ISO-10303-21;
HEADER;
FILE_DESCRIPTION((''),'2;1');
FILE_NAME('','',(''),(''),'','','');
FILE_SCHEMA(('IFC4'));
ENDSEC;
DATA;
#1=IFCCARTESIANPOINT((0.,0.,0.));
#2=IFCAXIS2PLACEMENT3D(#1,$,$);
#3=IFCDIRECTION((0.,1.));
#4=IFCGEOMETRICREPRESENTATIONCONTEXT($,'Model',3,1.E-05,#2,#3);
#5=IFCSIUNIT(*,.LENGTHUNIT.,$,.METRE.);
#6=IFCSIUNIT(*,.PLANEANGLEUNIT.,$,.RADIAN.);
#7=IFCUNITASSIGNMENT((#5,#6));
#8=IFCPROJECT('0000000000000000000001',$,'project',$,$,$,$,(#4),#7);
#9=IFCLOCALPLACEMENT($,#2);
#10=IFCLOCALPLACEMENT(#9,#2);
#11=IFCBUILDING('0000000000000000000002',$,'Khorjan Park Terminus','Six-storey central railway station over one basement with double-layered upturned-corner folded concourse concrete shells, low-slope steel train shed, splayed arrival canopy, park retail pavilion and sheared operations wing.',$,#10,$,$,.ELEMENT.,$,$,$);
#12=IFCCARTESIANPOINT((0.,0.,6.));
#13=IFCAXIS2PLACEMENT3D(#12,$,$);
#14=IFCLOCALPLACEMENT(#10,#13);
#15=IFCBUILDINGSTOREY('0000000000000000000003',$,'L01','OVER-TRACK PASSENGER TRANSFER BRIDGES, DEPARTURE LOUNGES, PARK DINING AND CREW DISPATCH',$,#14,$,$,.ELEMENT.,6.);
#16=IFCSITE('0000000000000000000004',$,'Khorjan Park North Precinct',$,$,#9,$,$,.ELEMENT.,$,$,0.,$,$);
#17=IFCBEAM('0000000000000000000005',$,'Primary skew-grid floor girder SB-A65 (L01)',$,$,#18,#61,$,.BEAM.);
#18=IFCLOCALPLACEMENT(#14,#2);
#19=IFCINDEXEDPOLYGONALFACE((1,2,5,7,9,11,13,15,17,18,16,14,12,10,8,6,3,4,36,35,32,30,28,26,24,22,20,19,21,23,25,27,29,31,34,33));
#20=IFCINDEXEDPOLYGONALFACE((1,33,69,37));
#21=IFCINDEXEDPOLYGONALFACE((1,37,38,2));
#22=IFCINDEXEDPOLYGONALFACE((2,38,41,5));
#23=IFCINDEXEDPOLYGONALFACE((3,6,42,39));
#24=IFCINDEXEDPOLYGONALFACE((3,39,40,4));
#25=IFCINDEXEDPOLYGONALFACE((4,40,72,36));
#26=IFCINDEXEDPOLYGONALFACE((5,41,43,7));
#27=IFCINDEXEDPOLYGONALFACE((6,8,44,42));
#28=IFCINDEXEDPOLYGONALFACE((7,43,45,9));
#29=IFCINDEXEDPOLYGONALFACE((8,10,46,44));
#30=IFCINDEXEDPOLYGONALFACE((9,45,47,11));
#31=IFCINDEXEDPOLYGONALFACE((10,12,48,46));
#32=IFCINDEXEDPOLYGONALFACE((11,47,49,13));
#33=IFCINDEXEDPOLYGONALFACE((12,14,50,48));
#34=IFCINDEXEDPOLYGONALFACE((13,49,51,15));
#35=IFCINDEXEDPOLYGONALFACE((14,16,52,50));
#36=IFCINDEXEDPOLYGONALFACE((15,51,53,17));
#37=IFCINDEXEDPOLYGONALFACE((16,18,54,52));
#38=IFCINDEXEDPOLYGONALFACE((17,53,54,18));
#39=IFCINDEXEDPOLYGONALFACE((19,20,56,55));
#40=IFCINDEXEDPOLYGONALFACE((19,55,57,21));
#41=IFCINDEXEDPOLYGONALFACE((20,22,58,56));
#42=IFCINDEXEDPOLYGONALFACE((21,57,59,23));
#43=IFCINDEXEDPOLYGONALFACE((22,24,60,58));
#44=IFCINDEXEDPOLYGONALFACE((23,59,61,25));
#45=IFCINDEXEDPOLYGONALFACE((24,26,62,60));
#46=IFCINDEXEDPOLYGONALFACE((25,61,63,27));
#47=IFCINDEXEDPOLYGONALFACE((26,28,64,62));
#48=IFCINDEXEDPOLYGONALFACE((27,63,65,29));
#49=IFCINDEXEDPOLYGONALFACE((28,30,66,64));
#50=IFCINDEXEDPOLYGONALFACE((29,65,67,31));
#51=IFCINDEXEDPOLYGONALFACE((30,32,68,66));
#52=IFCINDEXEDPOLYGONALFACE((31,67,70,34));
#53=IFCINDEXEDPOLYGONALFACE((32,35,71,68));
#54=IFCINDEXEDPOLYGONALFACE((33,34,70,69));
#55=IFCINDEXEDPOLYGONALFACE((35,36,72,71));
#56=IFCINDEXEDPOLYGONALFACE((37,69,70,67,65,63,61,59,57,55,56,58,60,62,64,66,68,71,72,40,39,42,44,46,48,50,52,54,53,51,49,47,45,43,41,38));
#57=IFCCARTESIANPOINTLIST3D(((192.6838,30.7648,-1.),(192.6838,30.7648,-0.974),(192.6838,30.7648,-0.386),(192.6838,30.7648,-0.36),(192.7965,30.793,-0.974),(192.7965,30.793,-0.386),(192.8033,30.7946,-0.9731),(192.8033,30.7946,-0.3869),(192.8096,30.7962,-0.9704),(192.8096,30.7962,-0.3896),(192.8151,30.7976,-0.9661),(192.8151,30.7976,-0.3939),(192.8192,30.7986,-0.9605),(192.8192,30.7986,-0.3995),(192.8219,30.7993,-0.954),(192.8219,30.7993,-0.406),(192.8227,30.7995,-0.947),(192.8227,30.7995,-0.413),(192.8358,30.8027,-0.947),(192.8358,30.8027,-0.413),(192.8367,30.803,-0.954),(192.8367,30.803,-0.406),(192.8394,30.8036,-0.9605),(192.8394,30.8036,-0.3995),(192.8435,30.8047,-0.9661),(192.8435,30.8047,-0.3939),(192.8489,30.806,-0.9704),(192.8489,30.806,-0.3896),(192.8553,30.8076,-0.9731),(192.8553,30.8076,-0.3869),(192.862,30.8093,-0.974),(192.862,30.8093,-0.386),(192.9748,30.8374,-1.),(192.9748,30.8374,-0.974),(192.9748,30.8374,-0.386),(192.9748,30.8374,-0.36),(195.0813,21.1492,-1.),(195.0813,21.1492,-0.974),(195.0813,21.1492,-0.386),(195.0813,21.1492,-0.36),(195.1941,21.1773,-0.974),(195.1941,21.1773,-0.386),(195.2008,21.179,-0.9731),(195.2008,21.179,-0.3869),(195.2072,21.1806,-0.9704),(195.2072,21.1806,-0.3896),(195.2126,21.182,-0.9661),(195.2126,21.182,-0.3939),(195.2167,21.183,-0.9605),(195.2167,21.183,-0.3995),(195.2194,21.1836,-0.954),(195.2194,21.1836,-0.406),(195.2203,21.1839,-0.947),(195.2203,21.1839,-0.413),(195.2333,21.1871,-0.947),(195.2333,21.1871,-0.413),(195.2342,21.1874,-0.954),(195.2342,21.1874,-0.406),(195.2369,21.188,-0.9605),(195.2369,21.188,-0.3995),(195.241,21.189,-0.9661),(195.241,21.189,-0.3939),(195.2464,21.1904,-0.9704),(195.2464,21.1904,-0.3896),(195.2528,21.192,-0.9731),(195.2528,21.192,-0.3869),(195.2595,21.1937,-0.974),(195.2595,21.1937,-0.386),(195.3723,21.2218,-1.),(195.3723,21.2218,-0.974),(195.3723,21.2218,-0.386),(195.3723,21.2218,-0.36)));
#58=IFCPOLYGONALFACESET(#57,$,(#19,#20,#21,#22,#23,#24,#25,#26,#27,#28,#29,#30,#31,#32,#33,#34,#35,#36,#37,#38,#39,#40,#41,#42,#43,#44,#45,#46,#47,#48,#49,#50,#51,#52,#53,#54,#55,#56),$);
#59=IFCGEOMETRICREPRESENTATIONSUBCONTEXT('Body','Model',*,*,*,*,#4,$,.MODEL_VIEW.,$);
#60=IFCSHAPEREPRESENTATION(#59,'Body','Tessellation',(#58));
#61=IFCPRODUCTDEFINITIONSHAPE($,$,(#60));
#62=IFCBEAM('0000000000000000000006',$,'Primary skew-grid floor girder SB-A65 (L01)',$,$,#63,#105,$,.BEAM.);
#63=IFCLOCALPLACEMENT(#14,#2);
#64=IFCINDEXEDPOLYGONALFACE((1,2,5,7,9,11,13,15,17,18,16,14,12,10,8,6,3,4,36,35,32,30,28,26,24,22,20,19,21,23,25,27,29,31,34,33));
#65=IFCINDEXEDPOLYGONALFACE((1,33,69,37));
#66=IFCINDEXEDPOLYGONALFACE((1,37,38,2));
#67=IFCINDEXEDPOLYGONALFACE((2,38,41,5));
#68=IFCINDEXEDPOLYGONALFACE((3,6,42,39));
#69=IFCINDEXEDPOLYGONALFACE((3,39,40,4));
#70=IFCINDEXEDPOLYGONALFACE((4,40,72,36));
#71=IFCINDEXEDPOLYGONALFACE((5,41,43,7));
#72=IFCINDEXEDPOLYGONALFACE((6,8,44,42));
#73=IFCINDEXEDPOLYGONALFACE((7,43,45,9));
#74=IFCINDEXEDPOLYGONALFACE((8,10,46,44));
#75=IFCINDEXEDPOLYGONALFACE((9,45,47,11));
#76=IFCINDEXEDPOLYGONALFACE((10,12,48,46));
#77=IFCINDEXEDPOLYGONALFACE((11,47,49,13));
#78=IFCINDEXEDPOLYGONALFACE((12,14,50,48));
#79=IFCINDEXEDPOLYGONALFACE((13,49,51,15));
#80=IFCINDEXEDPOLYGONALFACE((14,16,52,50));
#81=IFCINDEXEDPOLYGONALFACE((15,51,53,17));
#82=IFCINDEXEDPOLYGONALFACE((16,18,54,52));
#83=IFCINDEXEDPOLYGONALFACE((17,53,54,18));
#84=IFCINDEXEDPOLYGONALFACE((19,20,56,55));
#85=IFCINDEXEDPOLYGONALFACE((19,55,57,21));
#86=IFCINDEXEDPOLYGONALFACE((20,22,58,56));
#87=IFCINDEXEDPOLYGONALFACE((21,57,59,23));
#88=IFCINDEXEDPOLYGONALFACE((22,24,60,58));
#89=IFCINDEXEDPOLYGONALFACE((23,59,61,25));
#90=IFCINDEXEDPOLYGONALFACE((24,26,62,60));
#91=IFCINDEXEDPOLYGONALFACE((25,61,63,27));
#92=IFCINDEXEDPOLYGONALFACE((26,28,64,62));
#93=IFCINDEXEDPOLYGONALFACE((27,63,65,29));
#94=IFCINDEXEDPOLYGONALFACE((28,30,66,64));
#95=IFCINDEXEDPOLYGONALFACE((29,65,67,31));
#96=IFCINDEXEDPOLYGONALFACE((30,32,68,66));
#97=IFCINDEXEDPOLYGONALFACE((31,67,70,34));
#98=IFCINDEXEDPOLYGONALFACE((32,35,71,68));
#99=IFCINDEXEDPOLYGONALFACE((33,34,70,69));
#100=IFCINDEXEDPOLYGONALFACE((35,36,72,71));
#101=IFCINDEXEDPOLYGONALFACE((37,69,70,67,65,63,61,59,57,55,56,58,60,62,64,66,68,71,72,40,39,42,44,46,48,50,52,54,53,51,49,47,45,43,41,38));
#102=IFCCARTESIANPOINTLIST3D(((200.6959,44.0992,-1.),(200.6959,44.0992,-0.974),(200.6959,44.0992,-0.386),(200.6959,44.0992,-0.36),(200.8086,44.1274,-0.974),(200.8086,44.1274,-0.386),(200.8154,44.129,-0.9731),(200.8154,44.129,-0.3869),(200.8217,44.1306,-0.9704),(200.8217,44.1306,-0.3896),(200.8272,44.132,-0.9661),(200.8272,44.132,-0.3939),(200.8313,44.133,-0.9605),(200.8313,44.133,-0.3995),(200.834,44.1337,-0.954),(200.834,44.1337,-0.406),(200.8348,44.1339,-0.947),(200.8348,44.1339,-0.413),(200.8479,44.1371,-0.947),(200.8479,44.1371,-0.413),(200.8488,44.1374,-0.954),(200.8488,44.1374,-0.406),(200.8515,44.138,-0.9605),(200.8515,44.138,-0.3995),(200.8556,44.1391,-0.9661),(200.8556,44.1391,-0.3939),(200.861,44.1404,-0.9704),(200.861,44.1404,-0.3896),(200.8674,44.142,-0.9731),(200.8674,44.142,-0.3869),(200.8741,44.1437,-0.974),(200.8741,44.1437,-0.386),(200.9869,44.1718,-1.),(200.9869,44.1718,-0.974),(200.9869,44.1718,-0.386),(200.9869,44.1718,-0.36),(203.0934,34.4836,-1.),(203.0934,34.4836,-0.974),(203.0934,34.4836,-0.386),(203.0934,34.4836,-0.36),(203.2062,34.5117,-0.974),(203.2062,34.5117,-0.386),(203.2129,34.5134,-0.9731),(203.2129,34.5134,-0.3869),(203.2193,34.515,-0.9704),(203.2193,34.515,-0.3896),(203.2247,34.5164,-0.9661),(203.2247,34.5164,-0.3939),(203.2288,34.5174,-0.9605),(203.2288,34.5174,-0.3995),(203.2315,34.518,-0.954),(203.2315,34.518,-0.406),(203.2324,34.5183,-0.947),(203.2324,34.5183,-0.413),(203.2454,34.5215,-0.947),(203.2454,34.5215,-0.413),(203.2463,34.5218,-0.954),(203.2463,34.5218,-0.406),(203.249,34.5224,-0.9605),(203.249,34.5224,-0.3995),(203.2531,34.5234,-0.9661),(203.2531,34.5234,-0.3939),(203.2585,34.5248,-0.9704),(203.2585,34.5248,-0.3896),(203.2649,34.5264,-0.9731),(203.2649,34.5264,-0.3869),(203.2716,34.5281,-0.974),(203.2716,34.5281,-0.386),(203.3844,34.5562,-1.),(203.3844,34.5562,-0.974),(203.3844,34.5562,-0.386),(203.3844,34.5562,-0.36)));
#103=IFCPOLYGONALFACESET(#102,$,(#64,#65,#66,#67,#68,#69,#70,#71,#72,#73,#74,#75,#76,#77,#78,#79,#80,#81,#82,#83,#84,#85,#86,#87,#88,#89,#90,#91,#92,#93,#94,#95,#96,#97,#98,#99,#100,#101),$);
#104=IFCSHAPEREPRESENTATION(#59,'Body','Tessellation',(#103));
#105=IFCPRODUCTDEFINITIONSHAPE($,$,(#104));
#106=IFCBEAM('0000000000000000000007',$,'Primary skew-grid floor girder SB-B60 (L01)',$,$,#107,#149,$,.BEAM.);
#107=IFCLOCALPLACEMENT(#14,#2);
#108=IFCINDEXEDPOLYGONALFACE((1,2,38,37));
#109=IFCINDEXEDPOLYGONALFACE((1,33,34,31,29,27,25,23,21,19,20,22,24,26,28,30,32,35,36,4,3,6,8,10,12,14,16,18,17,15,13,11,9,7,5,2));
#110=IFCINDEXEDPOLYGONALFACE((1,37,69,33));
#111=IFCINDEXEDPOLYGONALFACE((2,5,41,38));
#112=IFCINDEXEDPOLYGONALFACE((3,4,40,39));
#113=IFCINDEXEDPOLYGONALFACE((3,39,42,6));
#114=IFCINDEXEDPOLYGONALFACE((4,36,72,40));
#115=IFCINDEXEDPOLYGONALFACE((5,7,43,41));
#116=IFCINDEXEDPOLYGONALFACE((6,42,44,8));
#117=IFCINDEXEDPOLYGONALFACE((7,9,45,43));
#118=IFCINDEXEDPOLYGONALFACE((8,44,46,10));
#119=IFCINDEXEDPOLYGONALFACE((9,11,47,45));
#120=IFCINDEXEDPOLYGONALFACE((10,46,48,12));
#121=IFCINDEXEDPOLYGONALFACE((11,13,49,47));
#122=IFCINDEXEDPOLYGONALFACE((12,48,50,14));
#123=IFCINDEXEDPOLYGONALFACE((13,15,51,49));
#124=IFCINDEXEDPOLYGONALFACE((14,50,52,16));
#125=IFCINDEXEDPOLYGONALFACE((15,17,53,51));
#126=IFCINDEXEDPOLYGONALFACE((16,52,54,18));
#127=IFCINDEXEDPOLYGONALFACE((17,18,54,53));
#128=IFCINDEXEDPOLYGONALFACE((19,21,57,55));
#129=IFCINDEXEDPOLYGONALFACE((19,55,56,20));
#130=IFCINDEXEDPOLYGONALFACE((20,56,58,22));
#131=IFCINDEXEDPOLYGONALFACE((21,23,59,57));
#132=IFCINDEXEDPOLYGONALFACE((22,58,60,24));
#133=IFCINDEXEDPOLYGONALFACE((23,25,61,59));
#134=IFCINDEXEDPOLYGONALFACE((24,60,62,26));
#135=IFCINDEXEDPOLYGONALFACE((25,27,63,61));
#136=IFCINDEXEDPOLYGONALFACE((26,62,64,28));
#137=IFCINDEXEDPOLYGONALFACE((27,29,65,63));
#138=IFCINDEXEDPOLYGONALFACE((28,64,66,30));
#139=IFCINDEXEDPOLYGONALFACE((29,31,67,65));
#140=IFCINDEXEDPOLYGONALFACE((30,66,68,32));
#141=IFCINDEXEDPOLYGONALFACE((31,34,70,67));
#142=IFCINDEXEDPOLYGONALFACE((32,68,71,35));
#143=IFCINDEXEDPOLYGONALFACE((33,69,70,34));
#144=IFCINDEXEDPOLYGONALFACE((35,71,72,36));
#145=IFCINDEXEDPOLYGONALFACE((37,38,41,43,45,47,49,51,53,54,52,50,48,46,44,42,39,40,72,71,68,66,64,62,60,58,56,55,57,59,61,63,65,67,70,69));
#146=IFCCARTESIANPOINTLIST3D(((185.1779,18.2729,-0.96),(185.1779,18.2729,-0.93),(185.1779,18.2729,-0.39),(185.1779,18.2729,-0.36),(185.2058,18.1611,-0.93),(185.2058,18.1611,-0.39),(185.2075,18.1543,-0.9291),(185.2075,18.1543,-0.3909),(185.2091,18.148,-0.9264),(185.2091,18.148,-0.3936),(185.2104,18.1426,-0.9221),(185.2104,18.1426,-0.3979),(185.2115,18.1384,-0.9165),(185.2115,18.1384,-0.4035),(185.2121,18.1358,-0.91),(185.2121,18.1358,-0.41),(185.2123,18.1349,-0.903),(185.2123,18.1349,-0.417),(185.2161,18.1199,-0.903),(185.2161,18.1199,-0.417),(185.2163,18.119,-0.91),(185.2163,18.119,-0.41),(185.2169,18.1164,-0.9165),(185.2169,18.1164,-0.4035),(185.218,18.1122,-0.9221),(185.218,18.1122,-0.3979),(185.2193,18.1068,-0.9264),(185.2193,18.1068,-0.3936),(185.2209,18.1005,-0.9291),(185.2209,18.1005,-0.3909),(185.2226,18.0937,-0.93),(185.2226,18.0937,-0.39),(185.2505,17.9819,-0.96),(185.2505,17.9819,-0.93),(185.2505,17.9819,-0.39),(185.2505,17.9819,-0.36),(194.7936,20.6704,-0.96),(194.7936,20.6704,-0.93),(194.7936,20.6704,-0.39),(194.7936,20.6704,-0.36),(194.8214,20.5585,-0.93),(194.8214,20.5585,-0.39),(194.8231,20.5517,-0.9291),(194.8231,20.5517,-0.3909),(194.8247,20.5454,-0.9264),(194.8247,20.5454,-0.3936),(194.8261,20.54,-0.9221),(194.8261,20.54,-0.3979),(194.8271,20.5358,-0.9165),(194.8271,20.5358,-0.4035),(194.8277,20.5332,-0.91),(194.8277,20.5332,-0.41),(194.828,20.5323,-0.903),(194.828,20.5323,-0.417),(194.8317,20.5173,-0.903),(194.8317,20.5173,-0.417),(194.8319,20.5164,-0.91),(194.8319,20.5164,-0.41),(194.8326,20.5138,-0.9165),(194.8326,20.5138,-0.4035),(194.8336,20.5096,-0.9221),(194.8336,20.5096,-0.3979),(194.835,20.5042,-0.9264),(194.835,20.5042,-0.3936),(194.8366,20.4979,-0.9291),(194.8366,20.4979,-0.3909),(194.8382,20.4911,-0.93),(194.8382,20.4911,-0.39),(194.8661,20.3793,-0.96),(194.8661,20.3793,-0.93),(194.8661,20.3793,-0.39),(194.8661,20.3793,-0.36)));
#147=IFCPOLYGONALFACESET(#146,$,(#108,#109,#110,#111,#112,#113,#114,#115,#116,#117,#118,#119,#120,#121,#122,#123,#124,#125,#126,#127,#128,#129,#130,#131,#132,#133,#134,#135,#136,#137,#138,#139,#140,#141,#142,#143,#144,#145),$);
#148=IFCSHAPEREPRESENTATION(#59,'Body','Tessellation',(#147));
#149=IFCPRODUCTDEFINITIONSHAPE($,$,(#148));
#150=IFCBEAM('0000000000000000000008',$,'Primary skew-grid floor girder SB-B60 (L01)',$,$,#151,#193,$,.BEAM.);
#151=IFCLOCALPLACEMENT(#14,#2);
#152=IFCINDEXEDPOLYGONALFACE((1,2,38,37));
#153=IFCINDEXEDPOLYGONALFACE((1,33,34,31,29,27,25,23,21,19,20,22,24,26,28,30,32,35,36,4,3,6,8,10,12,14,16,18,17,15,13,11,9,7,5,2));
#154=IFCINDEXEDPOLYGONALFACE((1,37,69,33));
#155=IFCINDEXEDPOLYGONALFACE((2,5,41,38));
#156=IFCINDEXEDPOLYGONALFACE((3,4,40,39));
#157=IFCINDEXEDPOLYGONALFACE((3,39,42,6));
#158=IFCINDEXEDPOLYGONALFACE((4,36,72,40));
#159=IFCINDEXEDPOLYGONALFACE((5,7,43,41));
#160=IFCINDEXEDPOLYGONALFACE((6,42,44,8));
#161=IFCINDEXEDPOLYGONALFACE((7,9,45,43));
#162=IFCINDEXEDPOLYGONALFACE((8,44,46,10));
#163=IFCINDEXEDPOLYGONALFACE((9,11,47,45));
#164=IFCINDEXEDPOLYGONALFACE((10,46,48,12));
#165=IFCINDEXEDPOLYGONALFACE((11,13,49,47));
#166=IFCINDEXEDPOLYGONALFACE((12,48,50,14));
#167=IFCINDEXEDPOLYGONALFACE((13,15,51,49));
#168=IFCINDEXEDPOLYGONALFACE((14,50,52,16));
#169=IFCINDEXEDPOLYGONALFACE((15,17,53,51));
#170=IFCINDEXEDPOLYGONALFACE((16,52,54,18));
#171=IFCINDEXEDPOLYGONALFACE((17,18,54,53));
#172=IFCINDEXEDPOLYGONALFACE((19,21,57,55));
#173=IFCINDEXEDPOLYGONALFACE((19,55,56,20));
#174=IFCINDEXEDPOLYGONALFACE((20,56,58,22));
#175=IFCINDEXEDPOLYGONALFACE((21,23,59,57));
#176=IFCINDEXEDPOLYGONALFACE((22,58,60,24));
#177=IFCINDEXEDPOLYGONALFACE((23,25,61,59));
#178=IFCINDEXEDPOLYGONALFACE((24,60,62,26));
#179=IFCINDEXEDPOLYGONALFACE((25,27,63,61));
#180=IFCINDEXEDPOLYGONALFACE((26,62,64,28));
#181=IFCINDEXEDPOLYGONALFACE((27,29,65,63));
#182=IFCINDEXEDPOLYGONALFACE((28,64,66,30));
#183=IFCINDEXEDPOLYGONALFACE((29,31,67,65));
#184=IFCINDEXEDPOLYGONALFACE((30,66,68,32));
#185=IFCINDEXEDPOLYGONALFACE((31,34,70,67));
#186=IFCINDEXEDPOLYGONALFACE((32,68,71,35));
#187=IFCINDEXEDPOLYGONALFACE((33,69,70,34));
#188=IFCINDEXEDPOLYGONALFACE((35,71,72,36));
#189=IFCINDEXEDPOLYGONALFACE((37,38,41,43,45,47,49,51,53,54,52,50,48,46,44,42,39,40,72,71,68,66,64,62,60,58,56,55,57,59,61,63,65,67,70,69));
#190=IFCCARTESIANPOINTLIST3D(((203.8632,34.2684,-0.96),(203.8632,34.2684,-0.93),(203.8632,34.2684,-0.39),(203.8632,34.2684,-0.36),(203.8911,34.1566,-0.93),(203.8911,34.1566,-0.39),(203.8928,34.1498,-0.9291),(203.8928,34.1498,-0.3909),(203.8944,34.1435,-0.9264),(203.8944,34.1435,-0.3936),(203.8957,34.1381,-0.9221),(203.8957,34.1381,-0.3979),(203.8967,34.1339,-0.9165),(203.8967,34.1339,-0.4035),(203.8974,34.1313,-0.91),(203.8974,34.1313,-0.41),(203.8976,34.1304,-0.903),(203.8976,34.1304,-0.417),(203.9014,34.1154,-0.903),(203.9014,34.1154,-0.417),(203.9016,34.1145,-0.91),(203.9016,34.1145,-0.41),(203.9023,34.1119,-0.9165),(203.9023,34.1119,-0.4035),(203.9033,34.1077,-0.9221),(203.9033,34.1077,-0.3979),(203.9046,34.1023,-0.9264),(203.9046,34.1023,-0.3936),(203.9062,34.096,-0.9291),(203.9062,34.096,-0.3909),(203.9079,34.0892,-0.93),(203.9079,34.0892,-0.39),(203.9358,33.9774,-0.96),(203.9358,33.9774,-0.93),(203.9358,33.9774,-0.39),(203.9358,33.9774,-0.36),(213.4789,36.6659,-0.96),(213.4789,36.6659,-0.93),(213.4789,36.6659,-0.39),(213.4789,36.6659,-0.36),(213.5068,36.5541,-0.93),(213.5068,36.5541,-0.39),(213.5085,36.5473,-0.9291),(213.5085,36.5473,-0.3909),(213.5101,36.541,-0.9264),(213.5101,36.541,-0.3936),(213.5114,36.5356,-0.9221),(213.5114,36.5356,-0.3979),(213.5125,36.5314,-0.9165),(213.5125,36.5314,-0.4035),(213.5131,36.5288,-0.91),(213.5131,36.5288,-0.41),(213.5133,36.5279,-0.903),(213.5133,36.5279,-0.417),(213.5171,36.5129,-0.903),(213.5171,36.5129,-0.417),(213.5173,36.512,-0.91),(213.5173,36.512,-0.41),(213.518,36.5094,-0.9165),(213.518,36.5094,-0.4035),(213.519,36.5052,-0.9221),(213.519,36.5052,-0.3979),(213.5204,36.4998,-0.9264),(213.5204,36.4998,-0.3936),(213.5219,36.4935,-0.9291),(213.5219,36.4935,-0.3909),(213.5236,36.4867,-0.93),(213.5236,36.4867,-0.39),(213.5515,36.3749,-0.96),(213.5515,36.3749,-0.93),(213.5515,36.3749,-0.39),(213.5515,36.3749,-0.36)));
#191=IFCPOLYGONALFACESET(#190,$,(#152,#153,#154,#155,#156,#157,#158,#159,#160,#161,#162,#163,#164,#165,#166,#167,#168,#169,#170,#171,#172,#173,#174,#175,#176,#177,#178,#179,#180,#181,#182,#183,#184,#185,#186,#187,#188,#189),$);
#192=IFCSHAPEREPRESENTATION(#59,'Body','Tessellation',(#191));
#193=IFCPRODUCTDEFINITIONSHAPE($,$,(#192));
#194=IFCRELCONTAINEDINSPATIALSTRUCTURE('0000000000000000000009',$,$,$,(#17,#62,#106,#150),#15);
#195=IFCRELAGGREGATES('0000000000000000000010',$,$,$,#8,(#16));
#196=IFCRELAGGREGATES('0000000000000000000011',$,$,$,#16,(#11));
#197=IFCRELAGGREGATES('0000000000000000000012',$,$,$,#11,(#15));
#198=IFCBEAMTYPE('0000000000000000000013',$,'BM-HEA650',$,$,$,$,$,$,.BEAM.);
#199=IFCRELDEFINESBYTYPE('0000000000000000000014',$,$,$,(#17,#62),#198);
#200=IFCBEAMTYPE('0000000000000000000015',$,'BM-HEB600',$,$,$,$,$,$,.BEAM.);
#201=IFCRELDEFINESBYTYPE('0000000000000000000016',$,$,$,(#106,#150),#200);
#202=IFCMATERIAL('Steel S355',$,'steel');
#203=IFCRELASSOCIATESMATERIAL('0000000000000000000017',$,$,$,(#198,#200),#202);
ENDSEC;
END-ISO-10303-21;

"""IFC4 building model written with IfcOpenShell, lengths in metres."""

from ifc_helpers import new_model, si_unit, direction, frame, origin, origin_2d, place, context, subcontext, project, spatial, i_section, extrude, material, material_profile, profile_set, type_object, element, save


model = new_model("IFC4")

# Units and contexts
model_context = context("Model", 3, precision=1e-05, world=origin(), true_north=direction((0.0, 1.0)))
body_context = subcontext(model_context, "Body", "Model", "MODEL_VIEW")
ifc_project = project(units=[si_unit("LENGTHUNIT", "METRE"), si_unit("PLANEANGLEUNIT", "RADIAN")], contexts=[model_context])

# Site, building, storey
site_placement = place(None, origin())
site = spatial("IfcSite", under=ifc_project, at=site_placement, Name="Khorjan Park North Precinct", CompositionType="ELEMENT", RefElevation=0.0)
building_placement = place(site_placement, origin())
building = spatial("IfcBuilding", under=site, at=building_placement, Name="Khorjan Park Terminus", Description="Six-storey central railway station over one basement with double-layered upturned-corner folded concourse concrete shells, low-slope steel train shed, splayed arrival canopy, park retail pavilion and sheared operations wing.", CompositionType="ELEMENT")
storey_placement = place(building_placement, frame((0.0, 0.0, 6.0)))
storey = spatial("IfcBuildingStorey", under=building, at=storey_placement, Name="L01", Description="OVER-TRACK PASSENGER TRANSFER BRIDGES, DEPARTURE LOUNGES, PARK DINING AND CREW DISPATCH", CompositionType="ELEMENT", Elevation=6.0)

# Beams
ifc_material_1 = material(Name="Steel S355", Category="steel")
ifc_material_profile_1 = material_profile(ifc_material_1, i_section(OverallWidth=0.3, OverallDepth=0.64, WebThickness=0.0135, FlangeThickness=0.026, FilletRadius=0.027, at=origin_2d()), Name="HEA 650")
ifc_profile_set_1 = profile_set([ifc_material_profile_1], Name="Steel S355")
beam_type_1 = type_object("IfcBeamType", Name="BM-HEA650", PredefinedType="BEAM", material=ifc_profile_set_1)
for number, where, z_axis, x_axis, name in (
    (1, (195.2268, 21.1855, -0.68), (-0.241928, 0.970294, 0.0), (-0.970294, -0.241928, 0.0), "Primary skew-grid floor girder SB-A65 (L01)"),
    (2, (203.2389, 34.5199, -0.68), (-0.241928, 0.970294, 0.0), (-0.970294, -0.241928, 0.0), "Primary skew-grid floor girder SB-A65 (L01)"),
):
    element("IfcBeam", number, at=place(storey_placement, frame(where, z_axis=z_axis, x_axis=x_axis)), inside=storey, type_object=beam_type_1, Name=name, PredefinedType="BEAM", context=body_context, shape_type="SweptSolid", body=[
        extrude(i_section(OverallWidth=0.3, OverallDepth=0.64, WebThickness=0.0135, FlangeThickness=0.026, FilletRadius=0.027, at=origin_2d()), origin(), (0.0, 0.0, 1.0), 9.91),
    ])
ifc_material_profile_2 = material_profile(ifc_material_1, i_section(OverallWidth=0.3, OverallDepth=0.6, WebThickness=0.0155, FlangeThickness=0.03, FilletRadius=0.027, at=origin_2d()), Name="HEB 600")
ifc_profile_set_2 = profile_set([ifc_material_profile_2], Name="Steel S355")
beam_type_2 = type_object("IfcBeamType", Name="BM-HEB600", PredefinedType="BEAM", material=ifc_profile_set_2)
beam_1_placement = place(storey_placement, frame((185.2142, 18.1274, -0.66), z_axis=(0.970297, 0.241918, 0.0), x_axis=(-0.241918, 0.970297, 0.0)))
element("IfcBeam", 3, at=beam_1_placement, inside=storey, type_object=beam_type_2, Name="Primary skew-grid floor girder SB-B60 (L01)", PredefinedType="BEAM", context=body_context, shape_type="SweptSolid", body=[
    extrude(i_section(OverallWidth=0.3, OverallDepth=0.6, WebThickness=0.0155, FlangeThickness=0.03, FilletRadius=0.027, at=origin_2d()), origin(), (0.0, 0.0, 1.0), 9.91),
])
beam_2_placement = place(storey_placement, frame((203.8995, 34.1229, -0.66), z_axis=(0.970295, 0.241925, 0.0), x_axis=(-0.241925, 0.970295, 0.0)))
element("IfcBeam", 4, at=beam_2_placement, inside=storey, type_object=beam_type_2, Name="Primary skew-grid floor girder SB-B60 (L01)", PredefinedType="BEAM", context=body_context, shape_type="SweptSolid", body=[
    extrude(i_section(OverallWidth=0.3, OverallDepth=0.6, WebThickness=0.0155, FlangeThickness=0.03, FilletRadius=0.027, at=origin_2d()), origin(), (0.0, 0.0, 1.0), 9.9101),
])

save(model, "model.ifc")
